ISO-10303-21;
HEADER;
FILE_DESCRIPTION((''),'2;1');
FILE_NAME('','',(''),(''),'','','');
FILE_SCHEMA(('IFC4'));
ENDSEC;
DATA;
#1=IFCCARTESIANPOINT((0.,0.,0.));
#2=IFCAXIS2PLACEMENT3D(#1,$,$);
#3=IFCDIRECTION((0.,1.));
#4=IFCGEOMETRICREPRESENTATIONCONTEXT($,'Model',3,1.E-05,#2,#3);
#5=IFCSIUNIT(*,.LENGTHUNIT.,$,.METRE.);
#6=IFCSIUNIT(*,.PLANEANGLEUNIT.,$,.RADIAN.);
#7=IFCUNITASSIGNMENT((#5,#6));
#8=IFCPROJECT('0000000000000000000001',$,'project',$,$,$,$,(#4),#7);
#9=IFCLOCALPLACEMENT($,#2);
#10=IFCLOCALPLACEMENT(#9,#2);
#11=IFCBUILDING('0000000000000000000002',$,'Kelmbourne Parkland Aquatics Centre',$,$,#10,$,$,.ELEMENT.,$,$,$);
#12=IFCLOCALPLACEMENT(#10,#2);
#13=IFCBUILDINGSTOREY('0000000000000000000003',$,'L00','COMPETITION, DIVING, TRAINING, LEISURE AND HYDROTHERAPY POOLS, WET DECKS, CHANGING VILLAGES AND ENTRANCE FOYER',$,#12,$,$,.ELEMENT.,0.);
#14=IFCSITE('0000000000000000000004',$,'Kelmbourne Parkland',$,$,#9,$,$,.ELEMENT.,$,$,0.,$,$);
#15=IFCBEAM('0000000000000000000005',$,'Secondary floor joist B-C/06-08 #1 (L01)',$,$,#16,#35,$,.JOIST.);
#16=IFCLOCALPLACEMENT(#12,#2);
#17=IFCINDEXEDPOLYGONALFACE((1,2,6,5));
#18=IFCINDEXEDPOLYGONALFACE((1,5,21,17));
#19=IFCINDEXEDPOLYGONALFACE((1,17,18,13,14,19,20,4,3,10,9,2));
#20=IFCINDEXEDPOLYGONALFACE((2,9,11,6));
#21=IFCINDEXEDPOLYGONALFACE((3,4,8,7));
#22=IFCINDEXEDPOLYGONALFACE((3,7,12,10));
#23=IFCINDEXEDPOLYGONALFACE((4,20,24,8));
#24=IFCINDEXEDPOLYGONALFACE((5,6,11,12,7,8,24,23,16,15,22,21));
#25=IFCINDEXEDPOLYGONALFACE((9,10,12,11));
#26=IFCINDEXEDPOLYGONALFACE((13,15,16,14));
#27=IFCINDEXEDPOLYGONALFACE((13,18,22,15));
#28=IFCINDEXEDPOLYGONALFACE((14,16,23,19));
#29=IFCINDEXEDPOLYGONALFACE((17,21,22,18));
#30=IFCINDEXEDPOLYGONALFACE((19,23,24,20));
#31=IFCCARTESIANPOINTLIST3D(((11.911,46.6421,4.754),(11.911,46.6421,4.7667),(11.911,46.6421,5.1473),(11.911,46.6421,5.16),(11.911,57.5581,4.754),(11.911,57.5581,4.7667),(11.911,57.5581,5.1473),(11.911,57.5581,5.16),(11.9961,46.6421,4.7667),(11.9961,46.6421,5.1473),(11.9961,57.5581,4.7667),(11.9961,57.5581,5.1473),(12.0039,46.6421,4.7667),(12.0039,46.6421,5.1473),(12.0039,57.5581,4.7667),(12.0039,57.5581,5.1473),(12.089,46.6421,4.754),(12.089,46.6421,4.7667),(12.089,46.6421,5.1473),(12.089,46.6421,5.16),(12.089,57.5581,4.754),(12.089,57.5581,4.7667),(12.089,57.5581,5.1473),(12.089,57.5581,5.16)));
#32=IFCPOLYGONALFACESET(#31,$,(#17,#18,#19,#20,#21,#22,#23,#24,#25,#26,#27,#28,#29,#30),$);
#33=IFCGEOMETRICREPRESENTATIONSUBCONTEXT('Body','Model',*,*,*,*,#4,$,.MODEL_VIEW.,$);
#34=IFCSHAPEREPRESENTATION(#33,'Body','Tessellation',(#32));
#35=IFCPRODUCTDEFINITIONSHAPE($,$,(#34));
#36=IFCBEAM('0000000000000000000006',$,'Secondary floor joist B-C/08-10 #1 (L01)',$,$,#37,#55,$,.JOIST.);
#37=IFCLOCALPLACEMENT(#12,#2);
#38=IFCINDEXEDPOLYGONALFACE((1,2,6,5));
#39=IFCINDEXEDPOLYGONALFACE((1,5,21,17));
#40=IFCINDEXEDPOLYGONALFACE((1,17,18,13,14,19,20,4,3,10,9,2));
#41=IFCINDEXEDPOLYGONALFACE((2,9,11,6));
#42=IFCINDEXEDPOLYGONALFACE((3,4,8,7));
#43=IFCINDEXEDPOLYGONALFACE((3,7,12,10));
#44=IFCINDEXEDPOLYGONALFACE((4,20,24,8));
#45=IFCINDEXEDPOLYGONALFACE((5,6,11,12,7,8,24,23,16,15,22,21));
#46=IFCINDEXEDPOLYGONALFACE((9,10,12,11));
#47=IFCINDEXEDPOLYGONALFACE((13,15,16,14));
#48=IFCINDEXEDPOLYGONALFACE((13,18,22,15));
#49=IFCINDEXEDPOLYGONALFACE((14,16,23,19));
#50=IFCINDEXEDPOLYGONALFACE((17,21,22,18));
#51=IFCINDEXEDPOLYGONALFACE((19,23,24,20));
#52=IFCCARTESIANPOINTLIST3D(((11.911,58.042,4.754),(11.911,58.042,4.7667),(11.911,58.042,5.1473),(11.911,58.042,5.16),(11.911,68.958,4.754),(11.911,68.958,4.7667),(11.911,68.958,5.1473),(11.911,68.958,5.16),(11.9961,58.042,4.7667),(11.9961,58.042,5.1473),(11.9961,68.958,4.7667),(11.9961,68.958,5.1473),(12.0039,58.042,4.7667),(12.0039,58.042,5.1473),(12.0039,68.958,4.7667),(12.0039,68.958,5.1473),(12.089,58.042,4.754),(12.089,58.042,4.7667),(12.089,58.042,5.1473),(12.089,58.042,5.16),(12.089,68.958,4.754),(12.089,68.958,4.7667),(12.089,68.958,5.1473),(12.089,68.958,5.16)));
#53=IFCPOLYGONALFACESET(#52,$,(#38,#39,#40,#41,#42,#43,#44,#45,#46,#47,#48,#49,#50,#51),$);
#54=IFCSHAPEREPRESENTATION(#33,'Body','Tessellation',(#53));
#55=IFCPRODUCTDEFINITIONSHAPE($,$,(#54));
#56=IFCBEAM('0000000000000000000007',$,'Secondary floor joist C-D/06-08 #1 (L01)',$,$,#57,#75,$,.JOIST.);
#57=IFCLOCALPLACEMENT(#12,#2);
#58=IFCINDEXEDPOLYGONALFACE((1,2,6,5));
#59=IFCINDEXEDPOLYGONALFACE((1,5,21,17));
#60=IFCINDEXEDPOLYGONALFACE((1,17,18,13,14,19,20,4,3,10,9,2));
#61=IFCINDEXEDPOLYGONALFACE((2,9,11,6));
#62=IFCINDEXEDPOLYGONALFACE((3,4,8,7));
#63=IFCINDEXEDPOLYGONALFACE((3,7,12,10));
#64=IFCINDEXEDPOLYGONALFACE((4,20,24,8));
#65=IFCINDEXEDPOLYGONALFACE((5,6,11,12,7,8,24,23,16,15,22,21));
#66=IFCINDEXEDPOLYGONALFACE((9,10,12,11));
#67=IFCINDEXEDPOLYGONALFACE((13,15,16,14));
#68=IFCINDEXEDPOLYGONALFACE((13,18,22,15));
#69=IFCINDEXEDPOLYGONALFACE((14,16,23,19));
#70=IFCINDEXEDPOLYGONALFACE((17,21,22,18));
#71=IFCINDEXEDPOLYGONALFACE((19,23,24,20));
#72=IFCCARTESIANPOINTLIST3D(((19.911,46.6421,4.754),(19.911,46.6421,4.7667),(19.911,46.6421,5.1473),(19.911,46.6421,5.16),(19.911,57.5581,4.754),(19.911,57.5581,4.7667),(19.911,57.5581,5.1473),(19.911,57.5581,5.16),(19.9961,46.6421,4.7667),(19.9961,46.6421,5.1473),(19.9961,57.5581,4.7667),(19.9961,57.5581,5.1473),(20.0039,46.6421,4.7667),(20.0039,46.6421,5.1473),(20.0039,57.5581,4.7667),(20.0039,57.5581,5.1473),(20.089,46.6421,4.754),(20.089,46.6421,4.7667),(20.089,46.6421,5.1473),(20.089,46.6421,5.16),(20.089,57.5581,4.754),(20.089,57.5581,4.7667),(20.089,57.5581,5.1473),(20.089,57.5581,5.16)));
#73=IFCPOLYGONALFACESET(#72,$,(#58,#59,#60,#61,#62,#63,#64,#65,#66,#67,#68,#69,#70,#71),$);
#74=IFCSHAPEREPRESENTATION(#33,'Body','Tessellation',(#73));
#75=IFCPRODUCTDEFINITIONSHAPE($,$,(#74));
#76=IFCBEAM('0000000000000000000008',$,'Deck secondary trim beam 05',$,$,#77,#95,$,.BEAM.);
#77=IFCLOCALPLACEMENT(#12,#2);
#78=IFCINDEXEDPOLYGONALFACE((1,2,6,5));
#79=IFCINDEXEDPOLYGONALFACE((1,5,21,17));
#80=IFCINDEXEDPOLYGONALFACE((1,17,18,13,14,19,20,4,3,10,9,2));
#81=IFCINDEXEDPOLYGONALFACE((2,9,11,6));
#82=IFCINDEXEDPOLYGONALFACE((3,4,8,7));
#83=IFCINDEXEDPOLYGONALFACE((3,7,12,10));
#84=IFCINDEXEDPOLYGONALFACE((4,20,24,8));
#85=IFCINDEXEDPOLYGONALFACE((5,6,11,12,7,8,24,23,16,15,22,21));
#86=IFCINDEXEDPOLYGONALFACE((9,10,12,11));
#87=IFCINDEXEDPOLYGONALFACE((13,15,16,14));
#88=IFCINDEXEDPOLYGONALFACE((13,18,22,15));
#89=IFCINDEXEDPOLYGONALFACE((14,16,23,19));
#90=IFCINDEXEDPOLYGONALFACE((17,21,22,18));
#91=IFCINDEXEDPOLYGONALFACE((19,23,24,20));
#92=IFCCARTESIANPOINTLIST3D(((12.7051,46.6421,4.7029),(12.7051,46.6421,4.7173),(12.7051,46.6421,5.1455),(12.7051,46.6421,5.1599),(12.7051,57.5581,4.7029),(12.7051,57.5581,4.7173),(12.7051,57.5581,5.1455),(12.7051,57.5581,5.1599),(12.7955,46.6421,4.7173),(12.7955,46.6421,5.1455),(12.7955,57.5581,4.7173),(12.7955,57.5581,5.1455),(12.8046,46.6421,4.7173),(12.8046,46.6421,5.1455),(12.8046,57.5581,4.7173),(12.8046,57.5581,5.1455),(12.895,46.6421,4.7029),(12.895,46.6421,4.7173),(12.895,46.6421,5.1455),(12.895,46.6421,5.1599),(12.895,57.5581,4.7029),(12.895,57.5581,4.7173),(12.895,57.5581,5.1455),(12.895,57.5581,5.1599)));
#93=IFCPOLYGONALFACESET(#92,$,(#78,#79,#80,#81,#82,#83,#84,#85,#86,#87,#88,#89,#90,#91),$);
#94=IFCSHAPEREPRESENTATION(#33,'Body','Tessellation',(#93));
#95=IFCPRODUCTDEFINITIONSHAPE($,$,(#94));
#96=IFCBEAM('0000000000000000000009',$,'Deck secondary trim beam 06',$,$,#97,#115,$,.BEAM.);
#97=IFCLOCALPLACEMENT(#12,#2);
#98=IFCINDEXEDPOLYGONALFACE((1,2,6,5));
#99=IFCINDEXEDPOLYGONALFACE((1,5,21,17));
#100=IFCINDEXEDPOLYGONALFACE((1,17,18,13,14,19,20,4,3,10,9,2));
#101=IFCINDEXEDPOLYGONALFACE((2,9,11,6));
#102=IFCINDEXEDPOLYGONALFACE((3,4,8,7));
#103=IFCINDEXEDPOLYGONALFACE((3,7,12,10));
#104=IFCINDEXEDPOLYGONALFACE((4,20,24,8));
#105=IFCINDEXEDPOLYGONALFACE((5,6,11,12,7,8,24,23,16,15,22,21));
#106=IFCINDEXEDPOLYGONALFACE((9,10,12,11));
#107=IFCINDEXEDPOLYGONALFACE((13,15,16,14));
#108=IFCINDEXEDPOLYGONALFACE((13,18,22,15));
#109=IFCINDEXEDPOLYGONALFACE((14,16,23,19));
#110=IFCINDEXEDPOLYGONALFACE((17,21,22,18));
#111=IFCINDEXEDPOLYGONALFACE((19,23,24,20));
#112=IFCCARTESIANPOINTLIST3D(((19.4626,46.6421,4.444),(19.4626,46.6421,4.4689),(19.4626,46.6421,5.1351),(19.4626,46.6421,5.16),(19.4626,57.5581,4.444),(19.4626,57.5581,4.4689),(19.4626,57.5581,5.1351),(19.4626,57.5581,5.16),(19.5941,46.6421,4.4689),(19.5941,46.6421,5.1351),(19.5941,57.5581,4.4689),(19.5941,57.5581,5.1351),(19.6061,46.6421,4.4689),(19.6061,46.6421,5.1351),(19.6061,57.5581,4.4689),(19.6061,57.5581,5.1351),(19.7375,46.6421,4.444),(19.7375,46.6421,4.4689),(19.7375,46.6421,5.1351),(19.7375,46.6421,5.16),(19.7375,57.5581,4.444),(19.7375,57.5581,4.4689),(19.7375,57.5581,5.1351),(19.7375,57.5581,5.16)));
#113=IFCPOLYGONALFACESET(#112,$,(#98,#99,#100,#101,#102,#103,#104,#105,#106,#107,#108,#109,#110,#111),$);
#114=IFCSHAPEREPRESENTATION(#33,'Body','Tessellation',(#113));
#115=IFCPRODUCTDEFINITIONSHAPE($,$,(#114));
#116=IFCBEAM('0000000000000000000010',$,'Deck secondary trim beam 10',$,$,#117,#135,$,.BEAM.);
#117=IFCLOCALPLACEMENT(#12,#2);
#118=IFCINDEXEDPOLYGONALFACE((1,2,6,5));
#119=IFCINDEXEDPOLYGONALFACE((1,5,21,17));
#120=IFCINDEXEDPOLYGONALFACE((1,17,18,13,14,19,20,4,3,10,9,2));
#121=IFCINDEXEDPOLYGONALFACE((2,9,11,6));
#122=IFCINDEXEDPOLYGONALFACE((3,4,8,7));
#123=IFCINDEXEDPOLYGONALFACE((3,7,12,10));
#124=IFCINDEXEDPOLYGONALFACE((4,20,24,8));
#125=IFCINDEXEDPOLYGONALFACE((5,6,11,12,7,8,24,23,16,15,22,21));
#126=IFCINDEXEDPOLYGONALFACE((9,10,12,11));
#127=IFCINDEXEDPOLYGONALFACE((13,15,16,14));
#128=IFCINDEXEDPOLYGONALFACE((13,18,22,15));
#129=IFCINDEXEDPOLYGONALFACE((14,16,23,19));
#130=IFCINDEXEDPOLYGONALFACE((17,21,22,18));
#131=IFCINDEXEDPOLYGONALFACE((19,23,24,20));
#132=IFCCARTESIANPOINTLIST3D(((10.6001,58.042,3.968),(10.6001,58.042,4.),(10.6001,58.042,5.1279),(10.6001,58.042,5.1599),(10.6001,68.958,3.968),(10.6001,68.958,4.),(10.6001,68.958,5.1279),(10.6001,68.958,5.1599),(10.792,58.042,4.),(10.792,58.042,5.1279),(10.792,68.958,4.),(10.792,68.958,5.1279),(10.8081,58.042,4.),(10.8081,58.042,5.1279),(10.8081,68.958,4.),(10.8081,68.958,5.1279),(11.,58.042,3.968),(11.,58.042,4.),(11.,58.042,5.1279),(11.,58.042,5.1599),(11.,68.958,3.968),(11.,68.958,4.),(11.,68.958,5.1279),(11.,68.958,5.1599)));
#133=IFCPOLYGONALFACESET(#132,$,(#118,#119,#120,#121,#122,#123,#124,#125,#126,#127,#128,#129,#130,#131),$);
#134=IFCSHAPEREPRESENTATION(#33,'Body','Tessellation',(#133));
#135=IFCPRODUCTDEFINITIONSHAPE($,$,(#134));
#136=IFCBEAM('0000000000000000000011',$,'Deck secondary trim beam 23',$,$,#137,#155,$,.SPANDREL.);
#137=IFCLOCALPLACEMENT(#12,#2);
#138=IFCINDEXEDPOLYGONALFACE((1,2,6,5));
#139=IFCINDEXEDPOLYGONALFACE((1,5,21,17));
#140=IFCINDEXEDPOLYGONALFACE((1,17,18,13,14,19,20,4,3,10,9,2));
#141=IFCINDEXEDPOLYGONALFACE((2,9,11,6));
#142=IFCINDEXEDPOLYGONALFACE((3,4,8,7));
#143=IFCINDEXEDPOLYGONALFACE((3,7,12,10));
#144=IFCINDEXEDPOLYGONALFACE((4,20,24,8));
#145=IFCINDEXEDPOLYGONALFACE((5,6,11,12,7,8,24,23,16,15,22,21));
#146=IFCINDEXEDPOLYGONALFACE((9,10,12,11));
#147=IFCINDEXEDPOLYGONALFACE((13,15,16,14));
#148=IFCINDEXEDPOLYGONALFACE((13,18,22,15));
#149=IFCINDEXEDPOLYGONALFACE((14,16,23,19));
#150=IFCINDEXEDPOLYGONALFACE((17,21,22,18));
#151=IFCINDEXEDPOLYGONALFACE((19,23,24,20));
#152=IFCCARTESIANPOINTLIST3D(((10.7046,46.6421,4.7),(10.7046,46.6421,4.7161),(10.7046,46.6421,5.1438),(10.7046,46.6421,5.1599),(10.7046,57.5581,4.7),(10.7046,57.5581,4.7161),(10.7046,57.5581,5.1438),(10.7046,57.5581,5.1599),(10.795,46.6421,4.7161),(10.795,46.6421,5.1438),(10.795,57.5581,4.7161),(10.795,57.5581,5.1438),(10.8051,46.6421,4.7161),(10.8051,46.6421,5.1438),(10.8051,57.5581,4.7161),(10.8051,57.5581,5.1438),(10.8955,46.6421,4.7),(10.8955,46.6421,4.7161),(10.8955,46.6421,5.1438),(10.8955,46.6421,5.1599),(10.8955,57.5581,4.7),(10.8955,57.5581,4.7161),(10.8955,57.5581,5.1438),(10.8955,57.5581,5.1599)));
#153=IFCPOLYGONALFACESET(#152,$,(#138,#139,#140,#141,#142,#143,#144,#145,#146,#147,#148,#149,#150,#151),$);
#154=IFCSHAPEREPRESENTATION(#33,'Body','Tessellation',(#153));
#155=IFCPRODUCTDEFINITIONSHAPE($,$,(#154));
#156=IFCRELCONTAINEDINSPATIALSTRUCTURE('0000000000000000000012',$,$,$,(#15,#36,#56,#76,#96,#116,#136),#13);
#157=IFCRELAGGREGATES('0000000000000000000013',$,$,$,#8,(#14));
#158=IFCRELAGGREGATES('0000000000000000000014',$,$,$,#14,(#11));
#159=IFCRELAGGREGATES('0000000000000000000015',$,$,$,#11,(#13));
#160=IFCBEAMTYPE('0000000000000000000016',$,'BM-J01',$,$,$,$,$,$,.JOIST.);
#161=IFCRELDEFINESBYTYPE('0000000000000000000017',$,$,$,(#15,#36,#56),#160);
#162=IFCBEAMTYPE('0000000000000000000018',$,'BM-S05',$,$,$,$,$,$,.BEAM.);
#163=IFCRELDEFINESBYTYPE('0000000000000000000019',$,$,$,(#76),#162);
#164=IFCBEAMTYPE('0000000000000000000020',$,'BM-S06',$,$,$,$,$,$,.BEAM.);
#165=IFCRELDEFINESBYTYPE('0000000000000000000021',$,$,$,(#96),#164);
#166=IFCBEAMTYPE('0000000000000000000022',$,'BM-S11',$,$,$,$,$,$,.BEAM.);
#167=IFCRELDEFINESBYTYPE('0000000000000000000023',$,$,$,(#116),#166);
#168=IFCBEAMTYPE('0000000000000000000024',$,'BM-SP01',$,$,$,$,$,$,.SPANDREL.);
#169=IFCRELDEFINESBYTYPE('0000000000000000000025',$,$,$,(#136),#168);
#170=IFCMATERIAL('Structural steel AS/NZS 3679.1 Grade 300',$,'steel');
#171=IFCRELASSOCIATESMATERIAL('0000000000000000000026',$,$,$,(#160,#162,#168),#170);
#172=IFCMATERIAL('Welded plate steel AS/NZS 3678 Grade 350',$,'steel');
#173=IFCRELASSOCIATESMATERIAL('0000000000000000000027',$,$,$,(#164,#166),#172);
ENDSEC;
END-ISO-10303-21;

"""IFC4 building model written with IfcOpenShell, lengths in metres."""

from ifc_helpers import new_model, si_unit, direction, frame, origin, origin_2d, place, context, subcontext, project, spatial, i_section, extrude, material, material_profile, profile_set, type_object, element, save


model = new_model("IFC4")

# Units and contexts
model_context = context("Model", 3, precision=1e-05, world=origin(), true_north=direction((0.0, 1.0)))
body_context = subcontext(model_context, "Body", "Model", "MODEL_VIEW")
ifc_project = project(units=[si_unit("LENGTHUNIT", "METRE"), si_unit("PLANEANGLEUNIT", "RADIAN")], contexts=[model_context])

# Site, building, storey
site_placement = place(None, origin())
site = spatial("IfcSite", under=ifc_project, at=site_placement, Name="Kelmbourne Parkland", CompositionType="ELEMENT", RefElevation=0.0)
building_placement = place(site_placement, origin())
building = spatial("IfcBuilding", under=site, at=building_placement, Name="Kelmbourne Parkland Aquatics Centre", CompositionType="ELEMENT")
storey_placement = place(building_placement, origin())
storey = spatial("IfcBuildingStorey", under=building, at=storey_placement, Name="L00", Description="COMPETITION, DIVING, TRAINING, LEISURE AND HYDROTHERAPY POOLS, WET DECKS, CHANGING VILLAGES AND ENTRANCE FOYER", CompositionType="ELEMENT", Elevation=0.0)

# Beams
ifc_material_1 = material(Name="Structural steel AS/NZS 3679.1 Grade 300", Category="steel")
ifc_material_profile_1 = material_profile(ifc_material_1, i_section(OverallWidth=0.178, OverallDepth=0.406, WebThickness=0.0078, FlangeThickness=0.0127, at=origin_2d()), Name="410UB59.7")
ifc_profile_set_1 = profile_set([ifc_material_profile_1], Name="Structural steel AS/NZS 3679.1 Grade 300")
beam_type_1 = type_object("IfcBeamType", Name="BM-J01", PredefinedType="JOIST", material=ifc_profile_set_1)
for number, where, z_axis, x_axis, name in (
    (1, (12.0, 46.6421, 4.957), (0.0, 1.0, 0.0), (-1.0, 0.0, 0.0), "Secondary floor joist B-C/06-08 #1 (L01)"),
    (2, (12.0, 58.042, 4.957), (0.0, 1.0, 0.0), (-1.0, 0.0, 0.0), "Secondary floor joist B-C/08-10 #1 (L01)"),
    (3, (20.0, 46.6421, 4.957), (0.0, 1.0, 0.0), (-1.0, 0.0, 0.0), "Secondary floor joist C-D/06-08 #1 (L01)"),
):
    element("IfcBeam", number, at=place(storey_placement, frame(where, z_axis=z_axis, x_axis=x_axis)), inside=storey, type_object=beam_type_1, Name=name, PredefinedType="JOIST", context=body_context, shape_type="SweptSolid", body=[
        extrude(i_section(OverallWidth=0.178, OverallDepth=0.406, WebThickness=0.0078, FlangeThickness=0.0127, at=origin_2d()), origin(), (0.0, 0.0, 1.0), 10.916),
    ])
ifc_material_profile_2 = material_profile(ifc_material_1, i_section(OverallWidth=0.1899, OverallDepth=0.457, WebThickness=0.009, FlangeThickness=0.0144, at=origin_2d()), Name="460UB74.6")
ifc_profile_set_2 = profile_set([ifc_material_profile_2], Name="Structural steel AS/NZS 3679.1 Grade 300")
beam_type_2 = type_object("IfcBeamType", Name="BM-S05", PredefinedType="BEAM", material=ifc_profile_set_2)
beam_1_placement = place(storey_placement, frame((12.8, 46.6421, 4.9314), z_axis=(0.0, 1.0, 0.0), x_axis=(-1.0, 0.0, 0.0)))
element("IfcBeam", 4, at=beam_1_placement, inside=storey, type_object=beam_type_2, Name="Deck secondary trim beam 05", PredefinedType="BEAM", context=body_context, shape_type="SweptSolid", body=[
    extrude(i_section(OverallWidth=0.1899, OverallDepth=0.457, WebThickness=0.009, FlangeThickness=0.0144, at=origin_2d()), origin(), (0.0, 0.0, 1.0), 10.916),
])
ifc_material_2 = material(Name="Welded plate steel AS/NZS 3678 Grade 350", Category="steel")
ifc_material_profile_3 = material_profile(ifc_material_2, i_section(OverallWidth=0.2749, OverallDepth=0.7161, WebThickness=0.012, FlangeThickness=0.0249, at=origin_2d()), Name="700WB173")
ifc_profile_set_3 = profile_set([ifc_material_profile_3], Name="Welded plate steel AS/NZS 3678 Grade 350")
beam_type_3 = type_object("IfcBeamType", Name="BM-S06", PredefinedType="BEAM", material=ifc_profile_set_3)
beam_2_placement = place(storey_placement, frame((19.6001, 46.6421, 4.802), z_axis=(0.0, 1.0, 0.0), x_axis=(-1.0, 0.0, 0.0)))
element("IfcBeam", 5, at=beam_2_placement, inside=storey, type_object=beam_type_3, Name="Deck secondary trim beam 06", PredefinedType="BEAM", context=body_context, shape_type="SweptSolid", body=[
    extrude(i_section(OverallWidth=0.2749, OverallDepth=0.7161, WebThickness=0.012, FlangeThickness=0.0249, at=origin_2d()), origin(), (0.0, 0.0, 1.0), 10.916),
])
ifc_material_profile_4 = material_profile(ifc_material_2, i_section(OverallWidth=0.3999, OverallDepth=1.1919, WebThickness=0.0161, FlangeThickness=0.032, at=origin_2d()), Name="1200WB342")
ifc_profile_set_4 = profile_set([ifc_material_profile_4], Name="Welded plate steel AS/NZS 3678 Grade 350")
beam_type_4 = type_object("IfcBeamType", Name="BM-S11", PredefinedType="BEAM", material=ifc_profile_set_4)
beam_3_placement = place(storey_placement, frame((10.8, 58.042, 4.564), z_axis=(0.0, 1.0, 0.0), x_axis=(-1.0, 0.0, 0.0)))
element("IfcBeam", 6, at=beam_3_placement, inside=storey, type_object=beam_type_4, Name="Deck secondary trim beam 10", PredefinedType="BEAM", context=body_context, shape_type="SweptSolid", body=[
    extrude(i_section(OverallWidth=0.3999, OverallDepth=1.1919, WebThickness=0.0161, FlangeThickness=0.032, at=origin_2d()), origin(), (0.0, 0.0, 1.0), 10.916),
])
ifc_material_profile_5 = material_profile(ifc_material_1, i_section(OverallWidth=0.1909, OverallDepth=0.46, WebThickness=0.01, FlangeThickness=0.0161, at=origin_2d()), Name="460UB82.1")
ifc_profile_set_5 = profile_set([ifc_material_profile_5], Name="Structural steel AS/NZS 3679.1 Grade 300")
beam_type_5 = type_object("IfcBeamType", Name="BM-SP01", PredefinedType="SPANDREL", material=ifc_profile_set_5)
beam_4_placement = place(storey_placement, frame((10.8, 46.6421, 4.9299), z_axis=(0.0, 1.0, 0.0), x_axis=(-1.0, 0.0, 0.0)))
element("IfcBeam", 7, at=beam_4_placement, inside=storey, type_object=beam_type_5, Name="Deck secondary trim beam 23", PredefinedType="SPANDREL", context=body_context, shape_type="SweptSolid", body=[
    extrude(i_section(OverallWidth=0.1909, OverallDepth=0.46, WebThickness=0.01, FlangeThickness=0.0161, at=origin_2d()), origin(), (0.0, 0.0, 1.0), 10.916),
])

save(model, "model.ifc")
